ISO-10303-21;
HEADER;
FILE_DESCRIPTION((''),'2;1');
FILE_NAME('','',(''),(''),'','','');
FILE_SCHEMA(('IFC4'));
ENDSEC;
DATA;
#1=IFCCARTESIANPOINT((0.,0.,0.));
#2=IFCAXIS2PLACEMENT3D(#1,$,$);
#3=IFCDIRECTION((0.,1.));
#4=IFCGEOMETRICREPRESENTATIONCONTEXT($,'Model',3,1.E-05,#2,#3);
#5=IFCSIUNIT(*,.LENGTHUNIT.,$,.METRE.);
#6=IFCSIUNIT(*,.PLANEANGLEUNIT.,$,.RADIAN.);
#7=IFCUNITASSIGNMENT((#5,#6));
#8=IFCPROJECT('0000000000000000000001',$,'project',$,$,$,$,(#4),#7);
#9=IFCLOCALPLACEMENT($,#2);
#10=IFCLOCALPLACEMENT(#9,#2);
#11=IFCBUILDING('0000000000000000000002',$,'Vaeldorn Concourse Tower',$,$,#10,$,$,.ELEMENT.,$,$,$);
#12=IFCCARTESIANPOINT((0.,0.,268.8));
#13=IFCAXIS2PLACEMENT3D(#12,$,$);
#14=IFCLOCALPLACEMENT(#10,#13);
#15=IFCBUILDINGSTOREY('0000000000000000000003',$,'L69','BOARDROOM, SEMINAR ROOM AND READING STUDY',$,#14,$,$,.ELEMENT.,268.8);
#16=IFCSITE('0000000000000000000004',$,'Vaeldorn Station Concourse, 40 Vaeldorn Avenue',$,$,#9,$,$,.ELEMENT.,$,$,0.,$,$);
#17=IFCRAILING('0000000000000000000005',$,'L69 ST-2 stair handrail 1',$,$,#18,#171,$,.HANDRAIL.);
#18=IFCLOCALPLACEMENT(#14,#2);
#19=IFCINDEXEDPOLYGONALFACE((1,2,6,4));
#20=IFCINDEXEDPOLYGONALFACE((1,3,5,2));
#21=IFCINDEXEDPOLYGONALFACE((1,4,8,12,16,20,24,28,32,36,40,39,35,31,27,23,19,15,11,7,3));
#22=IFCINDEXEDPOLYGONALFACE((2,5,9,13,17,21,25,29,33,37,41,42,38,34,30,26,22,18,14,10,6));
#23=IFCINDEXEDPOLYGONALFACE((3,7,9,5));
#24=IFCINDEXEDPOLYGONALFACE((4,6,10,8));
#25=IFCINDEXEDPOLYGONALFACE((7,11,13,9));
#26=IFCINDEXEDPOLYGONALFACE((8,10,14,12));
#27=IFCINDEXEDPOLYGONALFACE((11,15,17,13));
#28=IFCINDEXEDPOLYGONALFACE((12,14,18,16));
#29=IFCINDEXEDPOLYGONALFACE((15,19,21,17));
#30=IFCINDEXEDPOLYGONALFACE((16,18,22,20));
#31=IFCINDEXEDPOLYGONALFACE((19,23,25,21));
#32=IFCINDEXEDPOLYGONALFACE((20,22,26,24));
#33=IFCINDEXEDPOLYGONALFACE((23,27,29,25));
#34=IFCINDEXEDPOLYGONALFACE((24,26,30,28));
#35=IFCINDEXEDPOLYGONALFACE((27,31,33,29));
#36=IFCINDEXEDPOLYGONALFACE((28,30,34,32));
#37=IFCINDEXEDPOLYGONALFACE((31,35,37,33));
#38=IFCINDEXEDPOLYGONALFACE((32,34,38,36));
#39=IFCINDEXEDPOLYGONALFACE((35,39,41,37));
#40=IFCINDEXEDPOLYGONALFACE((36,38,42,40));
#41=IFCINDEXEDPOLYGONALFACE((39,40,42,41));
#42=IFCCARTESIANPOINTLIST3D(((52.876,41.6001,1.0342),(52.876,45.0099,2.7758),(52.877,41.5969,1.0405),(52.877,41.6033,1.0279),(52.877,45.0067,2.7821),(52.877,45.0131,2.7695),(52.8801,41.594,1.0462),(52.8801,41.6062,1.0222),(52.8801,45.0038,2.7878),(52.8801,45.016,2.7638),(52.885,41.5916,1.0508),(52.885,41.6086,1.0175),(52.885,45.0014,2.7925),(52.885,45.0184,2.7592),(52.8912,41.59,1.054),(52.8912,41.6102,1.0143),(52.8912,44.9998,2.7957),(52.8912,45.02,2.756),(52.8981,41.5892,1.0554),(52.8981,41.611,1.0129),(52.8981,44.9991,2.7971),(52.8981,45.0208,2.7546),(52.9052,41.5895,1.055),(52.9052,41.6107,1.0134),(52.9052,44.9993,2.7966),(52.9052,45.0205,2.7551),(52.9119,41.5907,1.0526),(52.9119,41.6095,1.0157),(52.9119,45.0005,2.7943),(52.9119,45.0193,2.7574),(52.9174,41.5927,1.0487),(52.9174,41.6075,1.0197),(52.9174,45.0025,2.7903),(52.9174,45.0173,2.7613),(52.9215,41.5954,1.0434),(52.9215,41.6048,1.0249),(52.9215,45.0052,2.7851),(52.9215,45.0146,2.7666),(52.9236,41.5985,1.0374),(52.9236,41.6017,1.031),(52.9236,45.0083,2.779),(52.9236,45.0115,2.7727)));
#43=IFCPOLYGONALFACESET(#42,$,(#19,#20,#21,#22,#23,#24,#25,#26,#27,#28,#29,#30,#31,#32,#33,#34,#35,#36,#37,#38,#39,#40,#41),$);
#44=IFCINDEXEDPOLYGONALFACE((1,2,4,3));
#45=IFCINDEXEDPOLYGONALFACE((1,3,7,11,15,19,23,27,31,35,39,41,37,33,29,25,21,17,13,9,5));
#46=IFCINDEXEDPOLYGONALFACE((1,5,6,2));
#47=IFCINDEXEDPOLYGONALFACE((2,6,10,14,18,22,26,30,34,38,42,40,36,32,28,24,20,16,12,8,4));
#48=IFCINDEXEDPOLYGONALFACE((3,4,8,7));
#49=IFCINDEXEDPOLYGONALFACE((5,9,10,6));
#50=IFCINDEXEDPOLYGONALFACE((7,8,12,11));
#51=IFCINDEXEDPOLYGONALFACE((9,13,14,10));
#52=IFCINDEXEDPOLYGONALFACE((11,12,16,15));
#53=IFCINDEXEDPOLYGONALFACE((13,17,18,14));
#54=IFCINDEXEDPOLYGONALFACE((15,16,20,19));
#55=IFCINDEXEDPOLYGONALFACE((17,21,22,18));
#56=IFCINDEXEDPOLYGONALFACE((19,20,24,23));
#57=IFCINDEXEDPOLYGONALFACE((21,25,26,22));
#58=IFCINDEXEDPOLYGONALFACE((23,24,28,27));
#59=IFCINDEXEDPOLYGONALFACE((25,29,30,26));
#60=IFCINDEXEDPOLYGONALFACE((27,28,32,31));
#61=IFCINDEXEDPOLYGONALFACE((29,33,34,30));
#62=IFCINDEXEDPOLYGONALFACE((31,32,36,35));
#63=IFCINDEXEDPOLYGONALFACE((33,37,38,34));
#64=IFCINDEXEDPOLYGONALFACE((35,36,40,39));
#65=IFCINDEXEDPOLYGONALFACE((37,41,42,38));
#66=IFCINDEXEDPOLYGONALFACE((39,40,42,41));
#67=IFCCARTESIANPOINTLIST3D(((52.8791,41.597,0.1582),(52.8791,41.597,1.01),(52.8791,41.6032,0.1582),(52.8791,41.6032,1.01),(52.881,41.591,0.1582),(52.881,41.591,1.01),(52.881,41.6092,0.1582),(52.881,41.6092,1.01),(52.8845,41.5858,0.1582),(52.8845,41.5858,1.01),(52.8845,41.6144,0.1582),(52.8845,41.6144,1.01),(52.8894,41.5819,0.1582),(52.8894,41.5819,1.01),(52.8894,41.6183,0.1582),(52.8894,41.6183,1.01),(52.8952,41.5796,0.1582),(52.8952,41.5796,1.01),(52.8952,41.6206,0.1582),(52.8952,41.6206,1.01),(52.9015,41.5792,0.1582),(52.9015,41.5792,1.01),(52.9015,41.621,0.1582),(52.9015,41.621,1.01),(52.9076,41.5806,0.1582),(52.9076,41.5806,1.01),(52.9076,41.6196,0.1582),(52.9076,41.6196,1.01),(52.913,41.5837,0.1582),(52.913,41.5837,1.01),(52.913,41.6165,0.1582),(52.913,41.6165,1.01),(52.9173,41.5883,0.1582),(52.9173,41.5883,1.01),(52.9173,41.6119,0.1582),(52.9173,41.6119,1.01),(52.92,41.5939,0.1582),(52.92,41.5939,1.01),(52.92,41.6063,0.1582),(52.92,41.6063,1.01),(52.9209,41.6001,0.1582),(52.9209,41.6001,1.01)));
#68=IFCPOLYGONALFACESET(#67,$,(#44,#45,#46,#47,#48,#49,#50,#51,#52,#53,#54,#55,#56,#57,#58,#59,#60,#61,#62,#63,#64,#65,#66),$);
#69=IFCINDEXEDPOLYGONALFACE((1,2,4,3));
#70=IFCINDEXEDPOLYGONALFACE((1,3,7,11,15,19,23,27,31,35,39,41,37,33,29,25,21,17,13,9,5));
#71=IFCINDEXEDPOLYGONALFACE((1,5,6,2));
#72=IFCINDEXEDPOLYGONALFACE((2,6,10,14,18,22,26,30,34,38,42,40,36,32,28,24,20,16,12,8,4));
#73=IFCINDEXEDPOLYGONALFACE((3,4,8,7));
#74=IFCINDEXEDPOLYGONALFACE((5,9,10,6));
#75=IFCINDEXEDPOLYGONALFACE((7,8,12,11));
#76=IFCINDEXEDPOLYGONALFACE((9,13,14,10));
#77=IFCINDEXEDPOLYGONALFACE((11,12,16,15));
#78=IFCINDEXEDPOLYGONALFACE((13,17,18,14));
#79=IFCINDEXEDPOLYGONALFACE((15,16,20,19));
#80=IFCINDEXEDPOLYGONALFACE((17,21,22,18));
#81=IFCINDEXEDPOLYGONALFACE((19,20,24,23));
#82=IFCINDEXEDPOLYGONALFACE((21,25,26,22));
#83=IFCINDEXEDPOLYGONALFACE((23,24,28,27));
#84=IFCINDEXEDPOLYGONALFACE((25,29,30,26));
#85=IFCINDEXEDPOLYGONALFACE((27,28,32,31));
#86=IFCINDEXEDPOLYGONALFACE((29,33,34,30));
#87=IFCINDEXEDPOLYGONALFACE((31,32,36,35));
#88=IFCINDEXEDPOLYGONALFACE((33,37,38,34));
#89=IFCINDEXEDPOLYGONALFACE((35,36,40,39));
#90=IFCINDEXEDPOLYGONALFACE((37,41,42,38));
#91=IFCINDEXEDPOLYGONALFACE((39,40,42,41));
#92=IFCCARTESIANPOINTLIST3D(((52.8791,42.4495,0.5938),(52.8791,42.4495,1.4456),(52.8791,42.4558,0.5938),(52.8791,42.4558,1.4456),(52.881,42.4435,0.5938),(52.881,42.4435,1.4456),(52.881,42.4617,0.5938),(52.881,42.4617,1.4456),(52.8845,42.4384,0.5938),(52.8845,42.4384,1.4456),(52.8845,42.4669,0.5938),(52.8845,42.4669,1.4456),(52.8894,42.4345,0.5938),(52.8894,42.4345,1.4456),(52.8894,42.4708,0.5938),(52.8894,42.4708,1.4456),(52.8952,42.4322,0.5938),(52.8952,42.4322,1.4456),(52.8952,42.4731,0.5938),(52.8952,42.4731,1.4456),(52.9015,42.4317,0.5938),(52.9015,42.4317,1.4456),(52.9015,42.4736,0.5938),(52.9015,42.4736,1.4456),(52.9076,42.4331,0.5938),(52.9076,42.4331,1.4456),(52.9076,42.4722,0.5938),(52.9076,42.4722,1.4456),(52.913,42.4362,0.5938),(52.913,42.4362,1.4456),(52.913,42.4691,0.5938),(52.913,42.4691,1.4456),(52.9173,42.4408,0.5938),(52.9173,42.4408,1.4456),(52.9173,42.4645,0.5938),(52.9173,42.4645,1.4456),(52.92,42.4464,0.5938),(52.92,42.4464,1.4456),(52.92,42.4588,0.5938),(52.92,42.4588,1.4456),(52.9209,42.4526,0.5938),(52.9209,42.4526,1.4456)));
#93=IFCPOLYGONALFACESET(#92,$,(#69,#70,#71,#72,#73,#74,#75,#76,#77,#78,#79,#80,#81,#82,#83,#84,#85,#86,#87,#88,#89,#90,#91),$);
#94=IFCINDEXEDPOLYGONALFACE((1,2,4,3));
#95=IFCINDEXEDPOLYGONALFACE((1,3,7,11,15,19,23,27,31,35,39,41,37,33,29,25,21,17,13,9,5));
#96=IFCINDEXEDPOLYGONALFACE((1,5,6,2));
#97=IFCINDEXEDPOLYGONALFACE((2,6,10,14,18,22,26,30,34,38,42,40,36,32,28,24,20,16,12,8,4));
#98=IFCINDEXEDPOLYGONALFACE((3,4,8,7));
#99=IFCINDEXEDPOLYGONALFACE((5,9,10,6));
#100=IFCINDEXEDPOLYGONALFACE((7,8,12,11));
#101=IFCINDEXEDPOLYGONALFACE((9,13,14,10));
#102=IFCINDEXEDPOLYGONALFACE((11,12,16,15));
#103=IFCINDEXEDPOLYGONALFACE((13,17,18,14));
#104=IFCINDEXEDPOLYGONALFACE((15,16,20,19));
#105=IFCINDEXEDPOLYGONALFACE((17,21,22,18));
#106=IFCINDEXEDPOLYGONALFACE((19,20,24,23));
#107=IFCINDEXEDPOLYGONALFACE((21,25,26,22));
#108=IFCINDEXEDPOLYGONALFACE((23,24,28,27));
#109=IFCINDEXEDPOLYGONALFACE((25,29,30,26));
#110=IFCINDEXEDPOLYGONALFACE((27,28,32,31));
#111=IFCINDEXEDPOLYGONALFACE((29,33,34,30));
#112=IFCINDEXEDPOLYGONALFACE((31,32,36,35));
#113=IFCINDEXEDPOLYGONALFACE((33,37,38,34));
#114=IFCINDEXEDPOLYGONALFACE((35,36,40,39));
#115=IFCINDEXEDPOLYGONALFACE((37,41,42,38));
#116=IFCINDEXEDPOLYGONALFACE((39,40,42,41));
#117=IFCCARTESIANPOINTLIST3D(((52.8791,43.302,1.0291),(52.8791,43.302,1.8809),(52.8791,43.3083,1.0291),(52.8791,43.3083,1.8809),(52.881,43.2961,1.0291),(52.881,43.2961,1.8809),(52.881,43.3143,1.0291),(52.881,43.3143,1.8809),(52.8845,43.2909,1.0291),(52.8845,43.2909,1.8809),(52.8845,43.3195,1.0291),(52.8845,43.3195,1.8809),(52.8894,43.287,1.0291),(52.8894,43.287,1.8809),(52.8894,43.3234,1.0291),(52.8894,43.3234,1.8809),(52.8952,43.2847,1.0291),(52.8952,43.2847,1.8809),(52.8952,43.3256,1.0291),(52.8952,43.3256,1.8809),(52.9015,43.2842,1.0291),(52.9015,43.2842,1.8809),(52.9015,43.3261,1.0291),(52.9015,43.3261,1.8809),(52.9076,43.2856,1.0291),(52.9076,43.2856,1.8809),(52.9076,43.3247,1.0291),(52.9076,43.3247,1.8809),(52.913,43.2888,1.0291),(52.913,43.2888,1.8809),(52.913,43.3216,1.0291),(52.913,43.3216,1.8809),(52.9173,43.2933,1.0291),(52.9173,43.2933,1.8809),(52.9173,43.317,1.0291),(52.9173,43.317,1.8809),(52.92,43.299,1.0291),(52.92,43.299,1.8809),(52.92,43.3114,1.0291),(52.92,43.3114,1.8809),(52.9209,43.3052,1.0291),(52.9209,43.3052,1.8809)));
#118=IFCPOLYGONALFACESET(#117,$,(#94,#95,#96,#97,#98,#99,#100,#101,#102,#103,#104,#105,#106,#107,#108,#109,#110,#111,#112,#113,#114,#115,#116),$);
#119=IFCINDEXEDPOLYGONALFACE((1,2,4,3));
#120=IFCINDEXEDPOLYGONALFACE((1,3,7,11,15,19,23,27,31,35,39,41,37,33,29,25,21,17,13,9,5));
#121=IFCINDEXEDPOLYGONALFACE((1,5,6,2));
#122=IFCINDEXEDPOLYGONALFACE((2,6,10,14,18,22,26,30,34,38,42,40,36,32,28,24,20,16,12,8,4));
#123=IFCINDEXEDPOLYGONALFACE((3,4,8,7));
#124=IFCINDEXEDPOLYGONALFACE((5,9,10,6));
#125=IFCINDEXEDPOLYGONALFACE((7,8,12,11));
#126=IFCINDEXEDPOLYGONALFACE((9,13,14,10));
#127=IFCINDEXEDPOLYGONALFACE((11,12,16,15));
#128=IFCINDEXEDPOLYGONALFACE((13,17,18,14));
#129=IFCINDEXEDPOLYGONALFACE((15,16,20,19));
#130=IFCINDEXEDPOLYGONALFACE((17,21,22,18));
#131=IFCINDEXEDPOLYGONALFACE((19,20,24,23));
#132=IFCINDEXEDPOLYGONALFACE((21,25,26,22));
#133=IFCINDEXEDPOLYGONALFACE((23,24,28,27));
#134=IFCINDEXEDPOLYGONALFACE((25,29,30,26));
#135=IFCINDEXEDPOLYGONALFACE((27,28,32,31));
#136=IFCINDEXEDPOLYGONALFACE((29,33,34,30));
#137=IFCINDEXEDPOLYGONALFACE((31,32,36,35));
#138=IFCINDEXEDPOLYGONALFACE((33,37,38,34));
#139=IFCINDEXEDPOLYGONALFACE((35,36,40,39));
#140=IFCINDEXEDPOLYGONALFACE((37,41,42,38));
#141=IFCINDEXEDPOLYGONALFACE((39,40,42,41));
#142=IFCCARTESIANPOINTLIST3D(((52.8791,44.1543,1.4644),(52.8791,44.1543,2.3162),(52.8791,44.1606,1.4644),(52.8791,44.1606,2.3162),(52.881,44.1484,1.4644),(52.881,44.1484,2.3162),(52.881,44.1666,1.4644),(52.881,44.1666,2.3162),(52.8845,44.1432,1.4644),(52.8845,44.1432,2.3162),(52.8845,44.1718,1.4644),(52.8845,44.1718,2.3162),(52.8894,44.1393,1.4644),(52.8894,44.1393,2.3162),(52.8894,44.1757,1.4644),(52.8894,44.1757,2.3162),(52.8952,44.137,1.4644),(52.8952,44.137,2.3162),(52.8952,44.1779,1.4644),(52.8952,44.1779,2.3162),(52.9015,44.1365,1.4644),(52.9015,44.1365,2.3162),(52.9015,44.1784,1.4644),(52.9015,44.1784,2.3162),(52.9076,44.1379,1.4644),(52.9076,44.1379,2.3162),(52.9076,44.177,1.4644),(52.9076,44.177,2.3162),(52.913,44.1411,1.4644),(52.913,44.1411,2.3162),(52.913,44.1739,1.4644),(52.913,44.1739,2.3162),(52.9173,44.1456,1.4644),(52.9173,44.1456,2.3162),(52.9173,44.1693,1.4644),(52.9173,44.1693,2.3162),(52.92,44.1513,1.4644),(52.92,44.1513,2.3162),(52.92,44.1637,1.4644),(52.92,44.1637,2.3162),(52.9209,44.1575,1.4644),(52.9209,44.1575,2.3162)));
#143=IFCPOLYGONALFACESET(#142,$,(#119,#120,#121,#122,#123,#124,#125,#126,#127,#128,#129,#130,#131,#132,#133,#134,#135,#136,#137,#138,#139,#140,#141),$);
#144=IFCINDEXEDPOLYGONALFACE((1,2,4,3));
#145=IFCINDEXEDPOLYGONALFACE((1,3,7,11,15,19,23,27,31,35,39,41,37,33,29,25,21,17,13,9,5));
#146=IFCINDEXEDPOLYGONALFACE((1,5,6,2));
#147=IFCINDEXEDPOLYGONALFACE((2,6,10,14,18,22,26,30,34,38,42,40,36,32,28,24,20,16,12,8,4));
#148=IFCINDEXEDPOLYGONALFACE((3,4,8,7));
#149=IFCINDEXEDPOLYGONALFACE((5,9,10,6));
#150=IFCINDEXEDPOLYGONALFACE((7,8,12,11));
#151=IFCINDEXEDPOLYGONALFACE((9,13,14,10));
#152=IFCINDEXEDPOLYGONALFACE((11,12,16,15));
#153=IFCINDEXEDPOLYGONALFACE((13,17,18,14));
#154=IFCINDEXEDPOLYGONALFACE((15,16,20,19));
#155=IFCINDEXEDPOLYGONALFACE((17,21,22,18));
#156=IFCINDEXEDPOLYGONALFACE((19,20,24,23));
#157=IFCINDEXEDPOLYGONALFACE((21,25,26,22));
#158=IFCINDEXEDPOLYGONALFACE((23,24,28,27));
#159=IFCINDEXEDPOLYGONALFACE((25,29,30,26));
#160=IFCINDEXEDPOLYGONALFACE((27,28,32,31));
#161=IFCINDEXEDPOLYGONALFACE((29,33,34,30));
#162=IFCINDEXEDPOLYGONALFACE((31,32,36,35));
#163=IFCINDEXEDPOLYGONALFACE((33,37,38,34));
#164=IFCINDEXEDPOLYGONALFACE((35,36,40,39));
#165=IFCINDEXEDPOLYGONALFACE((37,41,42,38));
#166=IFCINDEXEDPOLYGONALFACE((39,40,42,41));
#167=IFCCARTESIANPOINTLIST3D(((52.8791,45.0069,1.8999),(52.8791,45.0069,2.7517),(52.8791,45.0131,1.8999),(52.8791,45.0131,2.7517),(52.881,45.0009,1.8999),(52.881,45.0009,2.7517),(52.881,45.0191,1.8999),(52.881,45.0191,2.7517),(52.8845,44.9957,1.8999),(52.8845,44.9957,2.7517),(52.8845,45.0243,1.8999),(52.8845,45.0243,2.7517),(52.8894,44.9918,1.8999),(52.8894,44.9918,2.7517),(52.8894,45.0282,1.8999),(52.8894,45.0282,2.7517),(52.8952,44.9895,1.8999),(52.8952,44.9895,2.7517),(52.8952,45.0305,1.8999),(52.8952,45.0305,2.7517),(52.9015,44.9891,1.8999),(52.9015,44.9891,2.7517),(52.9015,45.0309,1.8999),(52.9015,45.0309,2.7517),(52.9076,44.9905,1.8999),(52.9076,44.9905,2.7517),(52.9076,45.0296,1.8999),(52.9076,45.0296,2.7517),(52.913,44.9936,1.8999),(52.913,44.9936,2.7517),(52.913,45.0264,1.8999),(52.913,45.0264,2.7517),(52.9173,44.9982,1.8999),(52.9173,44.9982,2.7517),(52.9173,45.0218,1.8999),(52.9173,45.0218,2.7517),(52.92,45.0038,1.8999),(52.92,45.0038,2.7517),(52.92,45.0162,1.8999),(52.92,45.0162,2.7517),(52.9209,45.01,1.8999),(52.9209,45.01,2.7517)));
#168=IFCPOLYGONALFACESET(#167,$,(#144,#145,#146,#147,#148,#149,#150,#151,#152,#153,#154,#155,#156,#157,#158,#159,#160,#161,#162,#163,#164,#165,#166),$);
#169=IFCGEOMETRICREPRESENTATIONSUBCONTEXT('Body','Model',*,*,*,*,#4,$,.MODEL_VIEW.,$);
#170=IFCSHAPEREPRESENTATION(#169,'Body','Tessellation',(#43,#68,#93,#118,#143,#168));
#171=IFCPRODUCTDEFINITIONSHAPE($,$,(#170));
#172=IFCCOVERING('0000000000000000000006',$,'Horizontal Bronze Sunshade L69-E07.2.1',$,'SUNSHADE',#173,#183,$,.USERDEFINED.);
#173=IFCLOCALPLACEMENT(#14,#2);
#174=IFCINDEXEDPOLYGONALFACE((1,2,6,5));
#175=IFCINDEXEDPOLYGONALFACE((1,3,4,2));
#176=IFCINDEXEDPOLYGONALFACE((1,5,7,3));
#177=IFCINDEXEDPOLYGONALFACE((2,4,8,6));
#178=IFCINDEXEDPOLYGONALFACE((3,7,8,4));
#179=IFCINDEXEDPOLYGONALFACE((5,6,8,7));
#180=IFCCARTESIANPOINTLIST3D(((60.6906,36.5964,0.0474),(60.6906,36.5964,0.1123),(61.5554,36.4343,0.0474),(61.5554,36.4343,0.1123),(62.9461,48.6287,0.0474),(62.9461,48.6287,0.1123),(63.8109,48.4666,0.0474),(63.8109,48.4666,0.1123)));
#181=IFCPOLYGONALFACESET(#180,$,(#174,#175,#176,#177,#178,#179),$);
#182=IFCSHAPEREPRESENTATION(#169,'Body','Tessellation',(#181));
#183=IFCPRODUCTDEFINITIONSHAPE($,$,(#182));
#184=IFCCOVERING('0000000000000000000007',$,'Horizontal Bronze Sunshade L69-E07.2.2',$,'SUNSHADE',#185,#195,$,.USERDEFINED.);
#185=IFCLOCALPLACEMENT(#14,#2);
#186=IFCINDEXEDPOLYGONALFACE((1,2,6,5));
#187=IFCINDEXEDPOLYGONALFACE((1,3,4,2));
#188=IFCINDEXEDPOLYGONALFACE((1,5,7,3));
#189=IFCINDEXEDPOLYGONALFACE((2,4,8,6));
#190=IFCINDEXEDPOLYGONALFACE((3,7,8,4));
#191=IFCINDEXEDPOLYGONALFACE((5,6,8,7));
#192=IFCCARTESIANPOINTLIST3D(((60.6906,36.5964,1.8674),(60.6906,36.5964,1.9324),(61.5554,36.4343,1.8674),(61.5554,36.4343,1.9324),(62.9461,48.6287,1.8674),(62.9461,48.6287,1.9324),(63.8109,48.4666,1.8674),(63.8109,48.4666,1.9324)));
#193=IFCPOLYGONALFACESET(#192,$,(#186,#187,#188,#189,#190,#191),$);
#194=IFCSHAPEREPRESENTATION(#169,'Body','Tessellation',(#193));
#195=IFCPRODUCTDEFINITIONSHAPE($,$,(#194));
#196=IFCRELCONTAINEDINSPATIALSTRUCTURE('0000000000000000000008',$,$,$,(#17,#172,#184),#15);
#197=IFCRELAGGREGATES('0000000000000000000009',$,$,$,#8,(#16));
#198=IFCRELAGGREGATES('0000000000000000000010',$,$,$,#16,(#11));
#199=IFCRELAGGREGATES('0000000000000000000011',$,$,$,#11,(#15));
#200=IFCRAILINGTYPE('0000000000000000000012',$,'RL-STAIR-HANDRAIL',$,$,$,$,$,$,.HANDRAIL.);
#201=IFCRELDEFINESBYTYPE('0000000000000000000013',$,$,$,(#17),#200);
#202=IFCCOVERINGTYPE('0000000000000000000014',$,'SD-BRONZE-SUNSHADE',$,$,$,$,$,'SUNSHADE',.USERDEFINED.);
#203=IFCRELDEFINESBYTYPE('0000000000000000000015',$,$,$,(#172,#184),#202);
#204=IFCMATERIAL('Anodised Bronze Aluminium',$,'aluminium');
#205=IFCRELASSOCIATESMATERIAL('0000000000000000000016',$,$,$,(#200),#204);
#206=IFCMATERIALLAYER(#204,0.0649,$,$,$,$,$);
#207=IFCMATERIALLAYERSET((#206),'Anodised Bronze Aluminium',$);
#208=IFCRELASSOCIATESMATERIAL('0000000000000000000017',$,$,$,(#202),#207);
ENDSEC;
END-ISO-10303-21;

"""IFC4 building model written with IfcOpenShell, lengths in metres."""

from ifc_helpers import new_model, si_unit, direction, frame, origin, origin_2d, place, context, subcontext, project, spatial, rectangle, circle, extrude, source, transform, mapped, material, layer, layer_set, type_object, element, save


model = new_model("IFC4")

# Units and contexts
model_context = context("Model", 3, precision=1e-05, world=origin(), true_north=direction((0.0, 1.0)))
body_context = subcontext(model_context, "Body", "Model", "MODEL_VIEW")
ifc_project = project(units=[si_unit("LENGTHUNIT", "METRE"), si_unit("PLANEANGLEUNIT", "RADIAN")], contexts=[model_context])

# Site, building, storey
site_placement = place(None, origin())
site = spatial("IfcSite", under=ifc_project, at=site_placement, Name="Vaeldorn Station Concourse, 40 Vaeldorn Avenue", CompositionType="ELEMENT", RefElevation=0.0)
building_placement = place(site_placement, origin())
building = spatial("IfcBuilding", under=site, at=building_placement, Name="Vaeldorn Concourse Tower", CompositionType="ELEMENT")
storey_placement = place(building_placement, frame((0.0, 0.0, 268.8)))
storey = spatial("IfcBuildingStorey", under=building, at=storey_placement, Name="L69", Description="BOARDROOM, SEMINAR ROOM AND READING STUDY", CompositionType="ELEMENT", Elevation=268.8)

# Shared definitions
ifc_material_1 = material(Name="Anodised Bronze Aluminium", Category="aluminium")

# Railing
railing_type_1 = type_object("IfcRailingType", Name="RL-STAIR-HANDRAIL", PredefinedType="HANDRAIL", material=ifc_material_1)
railing_1_placement = place(storey_placement, frame((52.8999, 41.6001, 0.1582)))
element("IfcRailing", 1, at=railing_1_placement, inside=storey, type_object=railing_type_1, Name="L69 ST-2 stair handrail 1", PredefinedType="HANDRAIL", context=body_context, shape_type="SweptSolid", body=[
    extrude(circle(Radius=0.0239, at=origin_2d()), frame((0.0, 0.0, 0.876), z_axis=(0.0, 0.890556, 0.454874), x_axis=(-1.0, 0.0, 0.0)), (0.0, 0.0, 1.0), 3.8289),
    extrude(circle(Radius=0.021, at=origin_2d()), origin(), (0.0, 0.0, 1.0), 0.8518),
    extrude(circle(Radius=0.021, at=origin_2d()), frame((0.0, 0.8525, 0.4355)), (0.0, 0.0, 1.0), 0.8518),
    extrude(circle(Radius=0.021, at=origin_2d()), frame((0.0, 1.7051, 0.8708)), (0.0, 0.0, 1.0), 0.8518),
    extrude(circle(Radius=0.021, at=origin_2d()), frame((0.0, 2.5574, 1.3062)), (0.0, 0.0, 1.0), 0.8518),
    extrude(circle(Radius=0.021, at=origin_2d()), frame((0.0, 3.4099, 1.7417)), (0.0, 0.0, 1.0), 0.8518),
])

# Coverings
ifc_layer_1 = layer(ifc_material_1, 0.0649)
ifc_layer_set_1 = layer_set([ifc_layer_1], Name="Anodised Bronze Aluminium")
covering_type = type_object("IfcCoveringType", Name="SD-BRONZE-SUNSHADE", ElementType="SUNSHADE", PredefinedType="USERDEFINED", material=ifc_layer_set_1)
shared_shape_1 = source(origin(), body_context, "Body", "SweptSolid", [
    extrude(rectangle(XDim=12.2419, YDim=0.8799, at=origin_2d()), origin(), (0.0, 0.0, 1.0), 0.0649),
])
for number, where, z_axis, x_axis, name in (
    (2, (62.2507, 42.5315, 0.0474), (0.0, 0.0, 1.0), (0.184243, 0.982881, 0.0), "Horizontal Bronze Sunshade L69-E07.2.1"),
    (3, (62.2507, 42.5315, 1.8674), (0.0, 0.0, 1.0), (0.184243, 0.982881, 0.0), "Horizontal Bronze Sunshade L69-E07.2.2"),
):
    element("IfcCovering", number, at=place(storey_placement, frame(where, z_axis=z_axis, x_axis=x_axis)), inside=storey, type_object=covering_type, Name=name, ObjectType="SUNSHADE", PredefinedType="USERDEFINED", context=body_context, shape_type="MappedRepresentation", body=[
        mapped(shared_shape_1, transform((0.0, 0.0, 0.0), scale=1.0)),
    ])

save(model, "model.ifc")
